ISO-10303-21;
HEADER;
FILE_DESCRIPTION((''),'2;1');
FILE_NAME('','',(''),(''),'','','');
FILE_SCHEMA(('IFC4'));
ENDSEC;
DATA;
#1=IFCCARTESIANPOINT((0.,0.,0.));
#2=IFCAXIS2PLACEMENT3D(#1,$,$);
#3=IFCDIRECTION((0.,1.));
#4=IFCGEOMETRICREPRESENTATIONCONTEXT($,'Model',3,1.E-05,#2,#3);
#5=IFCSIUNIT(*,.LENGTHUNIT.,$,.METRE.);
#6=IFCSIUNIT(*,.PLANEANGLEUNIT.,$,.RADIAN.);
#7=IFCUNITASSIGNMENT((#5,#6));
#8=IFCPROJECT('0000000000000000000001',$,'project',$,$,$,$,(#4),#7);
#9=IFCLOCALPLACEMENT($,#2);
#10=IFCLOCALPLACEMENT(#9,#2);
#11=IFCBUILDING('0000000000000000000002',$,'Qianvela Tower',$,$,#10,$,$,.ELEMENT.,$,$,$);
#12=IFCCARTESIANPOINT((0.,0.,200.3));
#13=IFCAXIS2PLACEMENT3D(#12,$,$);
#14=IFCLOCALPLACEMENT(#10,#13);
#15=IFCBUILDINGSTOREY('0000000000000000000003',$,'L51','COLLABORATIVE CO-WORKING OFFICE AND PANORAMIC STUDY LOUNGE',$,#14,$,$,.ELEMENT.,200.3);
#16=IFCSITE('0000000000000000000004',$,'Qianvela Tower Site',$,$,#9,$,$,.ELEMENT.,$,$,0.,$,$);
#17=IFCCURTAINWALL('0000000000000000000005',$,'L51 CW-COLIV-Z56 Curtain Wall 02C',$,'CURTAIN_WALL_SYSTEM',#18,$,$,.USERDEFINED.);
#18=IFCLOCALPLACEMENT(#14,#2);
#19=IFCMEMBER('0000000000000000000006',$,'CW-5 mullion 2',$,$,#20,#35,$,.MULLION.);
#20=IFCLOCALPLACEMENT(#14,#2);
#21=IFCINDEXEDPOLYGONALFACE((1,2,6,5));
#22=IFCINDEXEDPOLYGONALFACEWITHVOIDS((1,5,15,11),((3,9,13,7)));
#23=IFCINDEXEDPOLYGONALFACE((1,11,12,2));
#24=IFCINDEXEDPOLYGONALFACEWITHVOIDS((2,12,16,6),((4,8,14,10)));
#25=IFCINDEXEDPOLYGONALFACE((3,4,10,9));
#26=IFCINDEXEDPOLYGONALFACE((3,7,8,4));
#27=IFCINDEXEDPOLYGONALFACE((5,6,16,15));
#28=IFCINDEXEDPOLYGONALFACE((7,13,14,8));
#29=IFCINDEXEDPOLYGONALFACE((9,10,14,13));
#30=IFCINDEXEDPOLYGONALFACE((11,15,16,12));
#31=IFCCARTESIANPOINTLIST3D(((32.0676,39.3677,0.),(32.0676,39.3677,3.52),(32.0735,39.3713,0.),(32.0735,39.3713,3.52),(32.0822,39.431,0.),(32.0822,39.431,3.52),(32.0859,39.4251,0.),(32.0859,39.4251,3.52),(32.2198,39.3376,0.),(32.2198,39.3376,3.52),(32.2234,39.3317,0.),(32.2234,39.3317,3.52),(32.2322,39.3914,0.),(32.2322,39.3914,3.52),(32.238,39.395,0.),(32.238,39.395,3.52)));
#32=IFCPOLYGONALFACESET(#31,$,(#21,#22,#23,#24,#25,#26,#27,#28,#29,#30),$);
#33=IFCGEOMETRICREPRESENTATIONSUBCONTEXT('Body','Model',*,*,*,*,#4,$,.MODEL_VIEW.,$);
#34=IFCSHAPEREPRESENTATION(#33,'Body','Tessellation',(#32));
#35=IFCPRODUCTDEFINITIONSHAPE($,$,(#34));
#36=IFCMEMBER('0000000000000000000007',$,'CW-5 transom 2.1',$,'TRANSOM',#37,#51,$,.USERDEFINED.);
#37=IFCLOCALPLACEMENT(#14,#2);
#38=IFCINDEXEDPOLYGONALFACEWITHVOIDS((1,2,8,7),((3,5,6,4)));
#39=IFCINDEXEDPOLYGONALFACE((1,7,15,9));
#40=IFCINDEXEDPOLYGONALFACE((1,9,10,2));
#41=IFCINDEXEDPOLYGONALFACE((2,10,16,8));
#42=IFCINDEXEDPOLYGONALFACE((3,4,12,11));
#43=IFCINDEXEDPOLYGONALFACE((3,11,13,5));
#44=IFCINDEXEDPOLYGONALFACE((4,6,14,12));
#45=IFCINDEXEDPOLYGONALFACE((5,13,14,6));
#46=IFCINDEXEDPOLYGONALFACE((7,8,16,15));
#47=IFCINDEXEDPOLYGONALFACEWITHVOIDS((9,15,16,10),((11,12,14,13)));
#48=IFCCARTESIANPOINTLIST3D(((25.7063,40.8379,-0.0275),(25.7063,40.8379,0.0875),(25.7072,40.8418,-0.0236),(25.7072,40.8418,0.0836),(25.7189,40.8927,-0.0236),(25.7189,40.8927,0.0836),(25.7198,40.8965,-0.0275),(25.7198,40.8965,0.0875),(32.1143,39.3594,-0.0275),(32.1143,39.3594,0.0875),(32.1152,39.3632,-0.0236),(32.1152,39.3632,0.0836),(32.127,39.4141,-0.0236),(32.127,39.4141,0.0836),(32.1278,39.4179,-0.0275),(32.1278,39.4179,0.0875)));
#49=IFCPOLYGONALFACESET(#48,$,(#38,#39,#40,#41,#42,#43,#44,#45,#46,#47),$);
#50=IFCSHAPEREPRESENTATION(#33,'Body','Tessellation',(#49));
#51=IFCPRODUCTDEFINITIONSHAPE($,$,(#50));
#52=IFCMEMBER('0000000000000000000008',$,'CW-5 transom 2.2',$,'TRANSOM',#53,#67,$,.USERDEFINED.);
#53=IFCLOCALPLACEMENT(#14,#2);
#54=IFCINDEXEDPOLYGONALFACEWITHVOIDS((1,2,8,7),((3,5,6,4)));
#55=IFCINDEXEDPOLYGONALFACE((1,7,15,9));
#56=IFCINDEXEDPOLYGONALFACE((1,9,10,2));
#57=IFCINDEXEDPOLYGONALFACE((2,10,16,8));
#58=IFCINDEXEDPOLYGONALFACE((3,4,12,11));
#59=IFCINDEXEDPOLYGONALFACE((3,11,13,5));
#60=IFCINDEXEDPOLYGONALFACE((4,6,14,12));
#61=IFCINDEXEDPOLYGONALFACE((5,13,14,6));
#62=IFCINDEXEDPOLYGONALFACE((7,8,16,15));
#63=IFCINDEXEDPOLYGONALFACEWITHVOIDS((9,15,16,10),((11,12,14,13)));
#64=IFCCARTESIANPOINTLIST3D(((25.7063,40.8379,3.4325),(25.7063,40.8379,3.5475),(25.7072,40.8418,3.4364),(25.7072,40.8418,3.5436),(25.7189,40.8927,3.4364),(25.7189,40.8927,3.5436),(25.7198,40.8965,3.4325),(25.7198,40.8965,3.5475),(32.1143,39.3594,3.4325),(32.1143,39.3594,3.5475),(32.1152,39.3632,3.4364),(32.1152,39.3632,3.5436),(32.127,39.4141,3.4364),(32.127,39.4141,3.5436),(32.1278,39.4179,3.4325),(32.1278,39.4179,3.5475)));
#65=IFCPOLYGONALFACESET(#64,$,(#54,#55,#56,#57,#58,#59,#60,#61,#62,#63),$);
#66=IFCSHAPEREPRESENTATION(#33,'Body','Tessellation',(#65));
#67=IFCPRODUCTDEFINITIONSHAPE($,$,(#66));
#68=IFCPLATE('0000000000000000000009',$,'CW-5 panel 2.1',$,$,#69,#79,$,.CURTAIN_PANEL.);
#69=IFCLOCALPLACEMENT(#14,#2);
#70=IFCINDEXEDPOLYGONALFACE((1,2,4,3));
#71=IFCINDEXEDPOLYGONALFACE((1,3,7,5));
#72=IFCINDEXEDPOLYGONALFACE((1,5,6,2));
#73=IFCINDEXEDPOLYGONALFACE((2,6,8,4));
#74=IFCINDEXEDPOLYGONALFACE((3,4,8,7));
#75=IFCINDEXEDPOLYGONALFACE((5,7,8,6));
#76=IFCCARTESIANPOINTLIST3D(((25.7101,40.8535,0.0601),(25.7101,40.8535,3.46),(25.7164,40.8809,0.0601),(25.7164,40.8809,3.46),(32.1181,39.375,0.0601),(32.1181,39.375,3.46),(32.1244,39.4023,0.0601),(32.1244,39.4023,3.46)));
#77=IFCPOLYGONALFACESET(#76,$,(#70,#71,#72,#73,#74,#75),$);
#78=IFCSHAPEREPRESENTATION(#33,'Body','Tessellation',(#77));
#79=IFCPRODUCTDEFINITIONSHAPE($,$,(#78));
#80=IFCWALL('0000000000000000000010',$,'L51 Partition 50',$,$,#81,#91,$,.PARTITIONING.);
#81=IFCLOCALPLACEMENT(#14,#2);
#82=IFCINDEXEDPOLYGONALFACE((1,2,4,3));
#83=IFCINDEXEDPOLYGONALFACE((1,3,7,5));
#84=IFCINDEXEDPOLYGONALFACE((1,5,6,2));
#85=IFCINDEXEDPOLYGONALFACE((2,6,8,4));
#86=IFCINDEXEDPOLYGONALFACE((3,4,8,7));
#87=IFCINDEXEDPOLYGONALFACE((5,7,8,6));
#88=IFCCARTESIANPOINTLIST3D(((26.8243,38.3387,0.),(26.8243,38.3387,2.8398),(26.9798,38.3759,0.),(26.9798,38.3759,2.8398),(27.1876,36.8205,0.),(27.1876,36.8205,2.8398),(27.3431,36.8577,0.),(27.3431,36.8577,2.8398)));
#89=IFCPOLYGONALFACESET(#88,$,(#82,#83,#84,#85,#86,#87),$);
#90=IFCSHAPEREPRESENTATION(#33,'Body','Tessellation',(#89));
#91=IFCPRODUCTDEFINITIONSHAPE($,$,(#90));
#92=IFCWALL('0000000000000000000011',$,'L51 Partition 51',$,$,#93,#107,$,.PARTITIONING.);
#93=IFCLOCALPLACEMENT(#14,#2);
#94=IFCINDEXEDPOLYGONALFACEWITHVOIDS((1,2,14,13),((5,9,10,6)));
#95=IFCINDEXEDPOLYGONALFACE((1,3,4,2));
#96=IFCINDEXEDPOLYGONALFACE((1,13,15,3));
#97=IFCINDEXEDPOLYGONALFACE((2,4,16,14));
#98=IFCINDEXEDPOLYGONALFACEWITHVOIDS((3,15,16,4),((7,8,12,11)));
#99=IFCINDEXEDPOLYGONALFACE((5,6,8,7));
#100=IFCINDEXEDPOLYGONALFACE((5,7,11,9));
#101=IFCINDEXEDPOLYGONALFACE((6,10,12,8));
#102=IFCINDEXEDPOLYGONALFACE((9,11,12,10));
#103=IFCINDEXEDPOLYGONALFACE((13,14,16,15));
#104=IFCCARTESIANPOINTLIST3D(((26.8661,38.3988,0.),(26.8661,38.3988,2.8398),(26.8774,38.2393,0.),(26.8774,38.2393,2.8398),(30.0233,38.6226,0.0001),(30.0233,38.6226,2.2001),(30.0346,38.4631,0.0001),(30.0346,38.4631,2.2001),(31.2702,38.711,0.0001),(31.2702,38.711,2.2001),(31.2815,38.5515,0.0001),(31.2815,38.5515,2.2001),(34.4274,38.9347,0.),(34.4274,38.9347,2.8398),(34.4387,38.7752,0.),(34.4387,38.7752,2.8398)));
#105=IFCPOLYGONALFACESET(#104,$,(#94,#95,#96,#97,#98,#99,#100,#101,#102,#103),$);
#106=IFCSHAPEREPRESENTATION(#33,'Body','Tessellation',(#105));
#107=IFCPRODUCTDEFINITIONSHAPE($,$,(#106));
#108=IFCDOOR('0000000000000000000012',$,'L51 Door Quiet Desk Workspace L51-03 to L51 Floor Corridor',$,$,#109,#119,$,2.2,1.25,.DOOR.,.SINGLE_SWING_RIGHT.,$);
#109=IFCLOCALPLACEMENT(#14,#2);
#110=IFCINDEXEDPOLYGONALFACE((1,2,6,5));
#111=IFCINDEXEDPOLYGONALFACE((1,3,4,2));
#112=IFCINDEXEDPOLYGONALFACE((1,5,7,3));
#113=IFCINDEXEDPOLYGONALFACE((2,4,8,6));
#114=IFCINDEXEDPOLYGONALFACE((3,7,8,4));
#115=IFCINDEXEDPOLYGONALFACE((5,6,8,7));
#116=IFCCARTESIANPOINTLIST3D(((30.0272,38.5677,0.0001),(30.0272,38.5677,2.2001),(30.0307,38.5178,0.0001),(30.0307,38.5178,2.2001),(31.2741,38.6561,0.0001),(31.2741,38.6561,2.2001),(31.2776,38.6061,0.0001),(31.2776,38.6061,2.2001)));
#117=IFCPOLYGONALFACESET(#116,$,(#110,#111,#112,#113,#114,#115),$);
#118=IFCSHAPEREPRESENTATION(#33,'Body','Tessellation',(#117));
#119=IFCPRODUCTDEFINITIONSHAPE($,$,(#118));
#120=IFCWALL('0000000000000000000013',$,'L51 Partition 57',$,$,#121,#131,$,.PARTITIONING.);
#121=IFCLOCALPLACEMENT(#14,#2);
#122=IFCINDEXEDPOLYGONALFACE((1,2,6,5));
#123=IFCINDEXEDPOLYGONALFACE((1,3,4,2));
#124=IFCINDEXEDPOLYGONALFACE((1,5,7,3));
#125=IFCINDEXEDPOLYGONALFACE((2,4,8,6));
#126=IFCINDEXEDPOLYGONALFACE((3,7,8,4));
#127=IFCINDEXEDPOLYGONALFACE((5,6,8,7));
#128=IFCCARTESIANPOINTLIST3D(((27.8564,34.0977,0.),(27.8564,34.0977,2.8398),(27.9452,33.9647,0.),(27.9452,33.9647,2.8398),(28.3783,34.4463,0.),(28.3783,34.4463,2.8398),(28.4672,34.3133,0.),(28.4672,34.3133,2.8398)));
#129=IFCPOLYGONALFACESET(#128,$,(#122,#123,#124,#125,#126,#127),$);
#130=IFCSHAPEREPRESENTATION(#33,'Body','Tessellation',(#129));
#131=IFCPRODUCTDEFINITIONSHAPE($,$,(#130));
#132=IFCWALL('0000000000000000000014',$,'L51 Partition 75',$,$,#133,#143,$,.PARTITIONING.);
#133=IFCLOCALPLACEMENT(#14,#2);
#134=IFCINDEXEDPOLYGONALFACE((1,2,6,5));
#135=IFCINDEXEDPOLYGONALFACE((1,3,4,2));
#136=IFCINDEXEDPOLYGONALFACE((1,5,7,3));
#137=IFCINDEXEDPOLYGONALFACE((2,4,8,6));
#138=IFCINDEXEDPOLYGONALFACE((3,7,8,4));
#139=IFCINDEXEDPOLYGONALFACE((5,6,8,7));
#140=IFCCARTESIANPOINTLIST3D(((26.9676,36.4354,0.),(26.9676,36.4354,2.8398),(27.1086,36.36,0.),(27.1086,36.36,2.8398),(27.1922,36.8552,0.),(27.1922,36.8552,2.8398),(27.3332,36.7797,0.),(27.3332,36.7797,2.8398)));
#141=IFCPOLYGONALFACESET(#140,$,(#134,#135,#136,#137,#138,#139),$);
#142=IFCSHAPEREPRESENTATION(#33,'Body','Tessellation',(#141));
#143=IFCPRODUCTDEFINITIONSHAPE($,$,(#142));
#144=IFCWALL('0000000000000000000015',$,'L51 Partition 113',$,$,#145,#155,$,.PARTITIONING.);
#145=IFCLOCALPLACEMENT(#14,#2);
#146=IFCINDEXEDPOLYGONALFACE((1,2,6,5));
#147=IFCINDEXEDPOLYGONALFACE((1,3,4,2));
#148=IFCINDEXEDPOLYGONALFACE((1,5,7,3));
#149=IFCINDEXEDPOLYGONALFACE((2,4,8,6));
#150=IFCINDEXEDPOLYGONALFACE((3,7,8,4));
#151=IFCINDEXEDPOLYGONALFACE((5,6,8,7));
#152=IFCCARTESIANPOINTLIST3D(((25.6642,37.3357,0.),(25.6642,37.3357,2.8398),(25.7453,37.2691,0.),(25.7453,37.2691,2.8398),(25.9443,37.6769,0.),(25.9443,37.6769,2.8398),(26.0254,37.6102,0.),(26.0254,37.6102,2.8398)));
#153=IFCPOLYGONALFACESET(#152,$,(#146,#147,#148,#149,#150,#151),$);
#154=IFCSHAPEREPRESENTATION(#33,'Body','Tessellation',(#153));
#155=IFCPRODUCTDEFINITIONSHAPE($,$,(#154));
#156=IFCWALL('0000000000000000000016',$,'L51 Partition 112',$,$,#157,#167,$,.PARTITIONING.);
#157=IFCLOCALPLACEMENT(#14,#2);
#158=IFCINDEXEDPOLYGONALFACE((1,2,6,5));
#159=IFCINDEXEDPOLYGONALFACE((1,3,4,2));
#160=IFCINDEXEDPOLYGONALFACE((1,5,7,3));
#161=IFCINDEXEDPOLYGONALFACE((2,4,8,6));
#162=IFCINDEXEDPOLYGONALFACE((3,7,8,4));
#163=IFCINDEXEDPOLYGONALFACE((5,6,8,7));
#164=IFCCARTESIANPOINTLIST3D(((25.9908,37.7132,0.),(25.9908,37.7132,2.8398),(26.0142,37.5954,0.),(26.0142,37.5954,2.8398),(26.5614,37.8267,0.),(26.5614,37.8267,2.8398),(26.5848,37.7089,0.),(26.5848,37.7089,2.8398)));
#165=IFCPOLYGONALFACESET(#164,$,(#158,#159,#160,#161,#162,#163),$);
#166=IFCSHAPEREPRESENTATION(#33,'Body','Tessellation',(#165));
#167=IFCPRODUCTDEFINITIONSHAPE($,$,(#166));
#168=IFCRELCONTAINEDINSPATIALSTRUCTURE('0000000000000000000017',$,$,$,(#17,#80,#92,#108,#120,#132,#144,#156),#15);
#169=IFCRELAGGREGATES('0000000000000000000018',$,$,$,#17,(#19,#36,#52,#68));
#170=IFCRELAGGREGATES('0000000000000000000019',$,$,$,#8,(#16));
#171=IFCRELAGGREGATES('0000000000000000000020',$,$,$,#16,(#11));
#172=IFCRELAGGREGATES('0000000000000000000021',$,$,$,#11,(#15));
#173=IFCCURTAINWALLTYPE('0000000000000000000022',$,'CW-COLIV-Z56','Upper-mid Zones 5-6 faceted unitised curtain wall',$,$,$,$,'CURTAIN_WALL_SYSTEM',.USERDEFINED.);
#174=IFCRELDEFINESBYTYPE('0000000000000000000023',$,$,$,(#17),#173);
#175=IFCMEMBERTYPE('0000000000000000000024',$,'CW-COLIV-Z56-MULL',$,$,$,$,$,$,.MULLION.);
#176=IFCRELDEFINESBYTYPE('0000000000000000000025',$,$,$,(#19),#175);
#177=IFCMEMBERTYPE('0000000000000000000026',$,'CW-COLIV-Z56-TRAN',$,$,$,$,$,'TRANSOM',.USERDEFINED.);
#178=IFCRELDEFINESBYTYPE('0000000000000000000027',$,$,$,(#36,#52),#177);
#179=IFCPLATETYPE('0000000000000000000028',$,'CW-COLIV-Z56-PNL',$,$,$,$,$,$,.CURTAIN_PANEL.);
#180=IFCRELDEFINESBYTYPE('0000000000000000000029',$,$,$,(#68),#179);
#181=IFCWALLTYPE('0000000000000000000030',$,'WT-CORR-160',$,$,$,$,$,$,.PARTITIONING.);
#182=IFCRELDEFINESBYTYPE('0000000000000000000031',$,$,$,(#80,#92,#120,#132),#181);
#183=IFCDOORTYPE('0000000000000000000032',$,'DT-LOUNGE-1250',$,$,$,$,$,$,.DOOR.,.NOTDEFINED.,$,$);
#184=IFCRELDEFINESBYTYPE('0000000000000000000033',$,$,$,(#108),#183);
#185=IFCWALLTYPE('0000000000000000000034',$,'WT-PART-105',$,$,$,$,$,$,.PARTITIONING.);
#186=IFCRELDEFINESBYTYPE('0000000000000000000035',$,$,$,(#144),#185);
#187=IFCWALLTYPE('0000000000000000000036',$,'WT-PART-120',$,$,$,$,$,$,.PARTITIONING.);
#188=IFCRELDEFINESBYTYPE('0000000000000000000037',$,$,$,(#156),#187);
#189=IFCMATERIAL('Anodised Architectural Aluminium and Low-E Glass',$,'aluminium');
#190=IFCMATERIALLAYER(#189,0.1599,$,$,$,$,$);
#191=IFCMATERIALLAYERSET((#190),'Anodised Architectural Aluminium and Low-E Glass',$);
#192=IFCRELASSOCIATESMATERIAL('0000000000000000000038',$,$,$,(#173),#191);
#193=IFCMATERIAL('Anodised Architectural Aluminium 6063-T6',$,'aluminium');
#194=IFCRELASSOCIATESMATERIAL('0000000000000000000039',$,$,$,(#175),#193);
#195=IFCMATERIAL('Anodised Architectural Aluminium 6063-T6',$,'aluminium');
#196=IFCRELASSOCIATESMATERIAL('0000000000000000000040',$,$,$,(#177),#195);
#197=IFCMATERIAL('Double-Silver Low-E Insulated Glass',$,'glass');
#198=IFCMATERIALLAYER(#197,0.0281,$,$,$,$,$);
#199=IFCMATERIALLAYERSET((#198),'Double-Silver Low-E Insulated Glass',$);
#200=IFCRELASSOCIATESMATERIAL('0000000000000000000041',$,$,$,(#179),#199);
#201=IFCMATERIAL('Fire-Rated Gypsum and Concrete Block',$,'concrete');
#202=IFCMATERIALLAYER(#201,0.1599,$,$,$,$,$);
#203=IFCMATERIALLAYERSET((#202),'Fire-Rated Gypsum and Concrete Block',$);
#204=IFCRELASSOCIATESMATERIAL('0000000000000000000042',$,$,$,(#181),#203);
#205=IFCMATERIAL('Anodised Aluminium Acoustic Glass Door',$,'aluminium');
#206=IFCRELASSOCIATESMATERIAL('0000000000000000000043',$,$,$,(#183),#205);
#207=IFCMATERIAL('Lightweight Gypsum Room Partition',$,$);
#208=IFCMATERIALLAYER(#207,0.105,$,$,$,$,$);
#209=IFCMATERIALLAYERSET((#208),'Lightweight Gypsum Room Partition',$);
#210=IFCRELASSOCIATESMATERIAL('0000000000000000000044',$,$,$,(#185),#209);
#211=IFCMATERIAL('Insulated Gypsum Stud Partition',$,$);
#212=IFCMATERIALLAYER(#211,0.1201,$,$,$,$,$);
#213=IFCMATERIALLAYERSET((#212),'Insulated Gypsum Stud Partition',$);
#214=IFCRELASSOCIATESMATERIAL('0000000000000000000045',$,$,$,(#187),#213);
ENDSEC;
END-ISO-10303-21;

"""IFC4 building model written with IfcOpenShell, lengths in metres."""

from ifc_helpers import new_model, si_unit, direction, frame, frame_2d, origin, origin_2d, place, context, subcontext, project, spatial, rectangle, hollow_rectangle, extrude, material, layer, layer_set, material_profile, profile_set, type_object, element, fill, aggregate, save


model = new_model("IFC4")

# Units and contexts
model_context = context("Model", 3, precision=1e-05, world=origin(), true_north=direction((0.0, 1.0)))
body_context = subcontext(model_context, "Body", "Model", "MODEL_VIEW")
ifc_project = project(units=[si_unit("LENGTHUNIT", "METRE"), si_unit("PLANEANGLEUNIT", "RADIAN")], contexts=[model_context])

# Site, building, storey
site_placement = place(None, origin())
site = spatial("IfcSite", under=ifc_project, at=site_placement, Name="Qianvela Tower Site", CompositionType="ELEMENT", RefElevation=0.0)
building_placement = place(site_placement, origin())
building = spatial("IfcBuilding", under=site, at=building_placement, Name="Qianvela Tower", CompositionType="ELEMENT")
storey_placement = place(building_placement, frame((0.0, 0.0, 200.3)))
storey = spatial("IfcBuildingStorey", under=building, at=storey_placement, Name="L51", Description="COLLABORATIVE CO-WORKING OFFICE AND PANORAMIC STUDY LOUNGE", CompositionType="ELEMENT", Elevation=200.3)

# Curtain wall, members, plate
ifc_material_1 = material(Name="Anodised Architectural Aluminium and Low-E Glass", Category="aluminium")
ifc_layer_1 = layer(ifc_material_1, 0.1599)
ifc_layer_set_1 = layer_set([ifc_layer_1], Name="Anodised Architectural Aluminium and Low-E Glass")
curtain_wall_type = type_object("IfcCurtainWallType", Name="CW-COLIV-Z56", Description="Upper-mid Zones 5-6 faceted unitised curtain wall", ElementType="CURTAIN_WALL_SYSTEM", PredefinedType="USERDEFINED", material=ifc_layer_set_1)
curtain_wall_placement = place(storey_placement, origin())
curtain_wall = element("IfcCurtainWall", 1, at=curtain_wall_placement, inside=storey, type_object=curtain_wall_type, Name="L51 CW-COLIV-Z56 Curtain Wall 02C", ObjectType="CURTAIN_WALL_SYSTEM", PredefinedType="USERDEFINED")
ifc_material_2 = material(Name="Anodised Architectural Aluminium 6063-T6", Category="aluminium")
ifc_material_profile_1 = material_profile(ifc_material_2, hollow_rectangle(XDim=0.0649, YDim=0.1599, WallThickness=0.0049, at=origin_2d()), Name="ALU-MULL-65x160")
ifc_profile_set_1 = profile_set([ifc_material_profile_1], Name="Anodised Architectural Aluminium 6063-T6")
member_type_1 = type_object("IfcMemberType", Name="CW-COLIV-Z56-MULL", PredefinedType="MULLION", material=ifc_profile_set_1)
member_1_placement = place(storey_placement, frame((32.1528, 39.3813, 0.0), z_axis=(0.0, 0.0, 1.0), x_axis=(-0.224831, -0.974398, 0.0)))
member_1 = element("IfcMember", 2, at=member_1_placement, type_object=member_type_1, Name="CW-5 mullion 2", PredefinedType="MULLION", context=body_context, shape_type="SweptSolid", body=[
    extrude(hollow_rectangle(XDim=0.0649, YDim=0.1599, WallThickness=0.0049, at=origin_2d()), origin(), (0.0, 0.0, 1.0), 3.52),
])
ifc_material_3 = material(Name="Anodised Architectural Aluminium 6063-T6", Category="aluminium")
ifc_material_profile_2 = material_profile(ifc_material_3, hollow_rectangle(XDim=0.0601, YDim=0.115, WallThickness=0.0039, at=origin_2d()), Name="ALU-TRAN-60x115")
ifc_profile_set_2 = profile_set([ifc_material_profile_2], Name="Anodised Architectural Aluminium 6063-T6")
member_type_2 = type_object("IfcMemberType", Name="CW-COLIV-Z56-TRAN", ElementType="TRANSOM", PredefinedType="USERDEFINED", material=ifc_profile_set_2)
member_2_placement = place(storey_placement, frame((32.1211, 39.3887, 0.03), z_axis=(-0.974399, 0.224824, 0.0), x_axis=(-0.224824, -0.974399, 0.0)))
member_2 = element("IfcMember", 3, at=member_2_placement, type_object=member_type_2, Name="CW-5 transom 2.1", ObjectType="TRANSOM", PredefinedType="USERDEFINED", context=body_context, shape_type="SweptSolid", body=[
    extrude(hollow_rectangle(XDim=0.0601, YDim=0.115, WallThickness=0.0039, at=origin_2d()), origin(), (0.0, 0.0, 1.0), 6.5764),
])
member_3_placement = place(storey_placement, frame((32.1211, 39.3887, 3.49), z_axis=(-0.974399, 0.224824, 0.0), x_axis=(-0.224824, -0.974399, 0.0)))
member_3 = element("IfcMember", 4, at=member_3_placement, type_object=member_type_2, Name="CW-5 transom 2.2", ObjectType="TRANSOM", PredefinedType="USERDEFINED", context=body_context, shape_type="SweptSolid", body=[
    extrude(hollow_rectangle(XDim=0.0601, YDim=0.115, WallThickness=0.0039, at=origin_2d()), origin(), (0.0, 0.0, 1.0), 6.5764),
])
ifc_material_4 = material(Name="Double-Silver Low-E Insulated Glass", Category="glass")
ifc_layer_2 = layer(ifc_material_4, 0.0281)
ifc_layer_set_2 = layer_set([ifc_layer_2], Name="Double-Silver Low-E Insulated Glass")
plate_type = type_object("IfcPlateType", Name="CW-COLIV-Z56-PNL", PredefinedType="CURTAIN_PANEL", material=ifc_layer_set_2)
plate_placement = place(storey_placement, frame((28.9172, 40.1279, 0.0601), z_axis=(0.0, 0.0, 1.0), x_axis=(-0.974398, 0.224831, 0.0)))
plate = element("IfcPlate", 5, at=plate_placement, type_object=plate_type, Name="CW-5 panel 2.1", PredefinedType="CURTAIN_PANEL", context=body_context, shape_type="SweptSolid", body=[
    extrude(rectangle(XDim=6.5764, YDim=0.0281, at=origin_2d()), origin(), (0.0, 0.0, 1.0), 3.3999),
])
aggregate(curtain_wall, [member_1, member_2, member_3, plate])

# Shared definitions
ifc_material_5 = material(Name="Fire-Rated Gypsum and Concrete Block", Category="concrete")
ifc_layer_3 = layer(ifc_material_5, 0.1599)
ifc_layer_set_3 = layer_set([ifc_layer_3], Name="Fire-Rated Gypsum and Concrete Block")
wall_type_1 = type_object("IfcWallType", Name="WT-CORR-160", PredefinedType="PARTITIONING", material=ifc_layer_set_3)

# Wall
wall_1_placement = place(storey_placement, frame((27.2654, 36.8391, 0.0), z_axis=(0.0, 0.0, 1.0), x_axis=(-0.232734, 0.97254, 0.0)))
element("IfcWall", 6, at=wall_1_placement, inside=storey, type_object=wall_type_1, Name="L51 Partition 50", PredefinedType="PARTITIONING", context=body_context, shape_type="SweptSolid", body=[
    extrude(rectangle(XDim=1.561, YDim=0.1599, at=frame_2d((0.7805, 0.0))), origin(), (0.0, 0.0, 1.0), 2.8398),
])

# Wall, opening, door
wall_2_placement = place(storey_placement, frame((26.8718, 38.3191, 0.0), z_axis=(0.0, 0.0, 1.0), x_axis=(0.997498, 0.070695, 0.0)))
wall_2 = element("IfcWall", 7, at=wall_2_placement, inside=storey, type_object=wall_type_1, Name="L51 Partition 51", PredefinedType="PARTITIONING", context=body_context, shape_type="SweptSolid", body=[
    extrude(rectangle(XDim=7.5803, YDim=0.1599, at=frame_2d((3.79, 0.0))), origin(), (0.0, 0.0, 1.0), 2.8398),
])
opening_1_placement = place(wall_2_placement, frame((3.165, 0.0, 0.0)))
opening_1 = element("IfcOpeningElement", 8, at=opening_1_placement, cuts=wall_2, PredefinedType="OPENING", context=body_context, shape_type="SweptSolid", body=[
    extrude(rectangle(XDim=1.25, YDim=2.2, at=frame_2d((0.625, 1.1001))), frame((0.0, 0.0898, 0.0), z_axis=(0.0, -1.0, 0.0), x_axis=(1.0, 0.0, 0.0)), (0.0, 0.0, 1.0), 0.1799),
])
ifc_material_6 = material(Name="Anodised Aluminium Acoustic Glass Door", Category="aluminium")
door_type_1 = type_object("IfcDoorType", Name="DT-LOUNGE-1250", OperationType="NOTDEFINED", PredefinedType="DOOR", material=ifc_material_6)
door_1_placement = place(opening_1_placement, origin())
door_1 = element("IfcDoor", 9, at=door_1_placement, inside=storey, type_object=door_type_1, Name="L51 Door Quiet Desk Workspace L51-03 to L51 Floor Corridor", OperationType="SINGLE_SWING_RIGHT", OverallHeight=2.2, OverallWidth=1.25, PredefinedType="DOOR", context=body_context, shape_type="SweptSolid", body=[
    extrude(rectangle(XDim=1.25, YDim=2.2, at=frame_2d((0.625, 1.1001))), frame((0.0, 0.0249, 0.0), z_axis=(0.0, -1.0, 0.0), x_axis=(1.0, 0.0, 0.0)), (0.0, 0.0, 1.0), 0.05),
])
fill(opening_1, door_1)

# Walls
wall_3_placement = place(storey_placement, frame((28.4229, 34.3799, 0.0), z_axis=(0.0, 0.0, 1.0), x_axis=(-0.831571, -0.555418, 0.0)))
element("IfcWall", 10, at=wall_3_placement, inside=storey, type_object=wall_type_1, Name="L51 Partition 57", PredefinedType="PARTITIONING", context=body_context, shape_type="SweptSolid", body=[
    extrude(rectangle(XDim=0.6277, YDim=0.1599, at=frame_2d((0.314, 0.0))), origin(), (0.0, 0.0, 1.0), 2.8398),
])
wall_4_placement = place(storey_placement, frame((27.0381, 36.3977, 0.0), z_axis=(0.0, 0.0, 1.0), x_axis=(0.471866, 0.881671, 0.0)))
element("IfcWall", 11, at=wall_4_placement, inside=storey, type_object=wall_type_1, Name="L51 Partition 75", PredefinedType="PARTITIONING", context=body_context, shape_type="SweptSolid", body=[
    extrude(rectangle(XDim=0.4761, YDim=0.1599, at=frame_2d((0.238, 0.0))), origin(), (0.0, 0.0, 1.0), 2.8398),
])
ifc_material_7 = material(Name="Lightweight Gypsum Room Partition")
ifc_layer_4 = layer(ifc_material_7, 0.105)
ifc_layer_set_4 = layer_set([ifc_layer_4], Name="Lightweight Gypsum Room Partition")
wall_type_2 = type_object("IfcWallType", Name="WT-PART-105", PredefinedType="PARTITIONING", material=ifc_layer_set_4)
wall_5_placement = place(storey_placement, frame((25.9849, 37.6436, 0.0), z_axis=(0.0, 0.0, 1.0), x_axis=(-0.634562, -0.772872, 0.0)))
element("IfcWall", 12, at=wall_5_placement, inside=storey, type_object=wall_type_2, Name="L51 Partition 113", PredefinedType="PARTITIONING", context=body_context, shape_type="SweptSolid", body=[
    extrude(rectangle(XDim=0.4414, YDim=0.105, at=frame_2d((0.2207, 0.0))), origin(), (0.0, 0.0, 1.0), 2.8398),
])
ifc_material_8 = material(Name="Insulated Gypsum Stud Partition")
ifc_layer_5 = layer(ifc_material_8, 0.1201)
ifc_layer_set_5 = layer_set([ifc_layer_5], Name="Insulated Gypsum Stud Partition")
wall_type_3 = type_object("IfcWallType", Name="WT-PART-120", PredefinedType="PARTITIONING", material=ifc_layer_set_5)
wall_6_placement = place(storey_placement, frame((26.5732, 37.7678, 0.0), z_axis=(0.0, 0.0, 1.0), x_axis=(-0.980774, -0.195148, 0.0)))
element("IfcWall", 13, at=wall_6_placement, inside=storey, type_object=wall_type_3, Name="L51 Partition 112", PredefinedType="PARTITIONING", context=body_context, shape_type="SweptSolid", body=[
    extrude(rectangle(XDim=0.5818, YDim=0.1201, at=frame_2d((0.291, 0.0))), origin(), (0.0, 0.0, 1.0), 2.8398),
])

save(model, "model.ifc")
